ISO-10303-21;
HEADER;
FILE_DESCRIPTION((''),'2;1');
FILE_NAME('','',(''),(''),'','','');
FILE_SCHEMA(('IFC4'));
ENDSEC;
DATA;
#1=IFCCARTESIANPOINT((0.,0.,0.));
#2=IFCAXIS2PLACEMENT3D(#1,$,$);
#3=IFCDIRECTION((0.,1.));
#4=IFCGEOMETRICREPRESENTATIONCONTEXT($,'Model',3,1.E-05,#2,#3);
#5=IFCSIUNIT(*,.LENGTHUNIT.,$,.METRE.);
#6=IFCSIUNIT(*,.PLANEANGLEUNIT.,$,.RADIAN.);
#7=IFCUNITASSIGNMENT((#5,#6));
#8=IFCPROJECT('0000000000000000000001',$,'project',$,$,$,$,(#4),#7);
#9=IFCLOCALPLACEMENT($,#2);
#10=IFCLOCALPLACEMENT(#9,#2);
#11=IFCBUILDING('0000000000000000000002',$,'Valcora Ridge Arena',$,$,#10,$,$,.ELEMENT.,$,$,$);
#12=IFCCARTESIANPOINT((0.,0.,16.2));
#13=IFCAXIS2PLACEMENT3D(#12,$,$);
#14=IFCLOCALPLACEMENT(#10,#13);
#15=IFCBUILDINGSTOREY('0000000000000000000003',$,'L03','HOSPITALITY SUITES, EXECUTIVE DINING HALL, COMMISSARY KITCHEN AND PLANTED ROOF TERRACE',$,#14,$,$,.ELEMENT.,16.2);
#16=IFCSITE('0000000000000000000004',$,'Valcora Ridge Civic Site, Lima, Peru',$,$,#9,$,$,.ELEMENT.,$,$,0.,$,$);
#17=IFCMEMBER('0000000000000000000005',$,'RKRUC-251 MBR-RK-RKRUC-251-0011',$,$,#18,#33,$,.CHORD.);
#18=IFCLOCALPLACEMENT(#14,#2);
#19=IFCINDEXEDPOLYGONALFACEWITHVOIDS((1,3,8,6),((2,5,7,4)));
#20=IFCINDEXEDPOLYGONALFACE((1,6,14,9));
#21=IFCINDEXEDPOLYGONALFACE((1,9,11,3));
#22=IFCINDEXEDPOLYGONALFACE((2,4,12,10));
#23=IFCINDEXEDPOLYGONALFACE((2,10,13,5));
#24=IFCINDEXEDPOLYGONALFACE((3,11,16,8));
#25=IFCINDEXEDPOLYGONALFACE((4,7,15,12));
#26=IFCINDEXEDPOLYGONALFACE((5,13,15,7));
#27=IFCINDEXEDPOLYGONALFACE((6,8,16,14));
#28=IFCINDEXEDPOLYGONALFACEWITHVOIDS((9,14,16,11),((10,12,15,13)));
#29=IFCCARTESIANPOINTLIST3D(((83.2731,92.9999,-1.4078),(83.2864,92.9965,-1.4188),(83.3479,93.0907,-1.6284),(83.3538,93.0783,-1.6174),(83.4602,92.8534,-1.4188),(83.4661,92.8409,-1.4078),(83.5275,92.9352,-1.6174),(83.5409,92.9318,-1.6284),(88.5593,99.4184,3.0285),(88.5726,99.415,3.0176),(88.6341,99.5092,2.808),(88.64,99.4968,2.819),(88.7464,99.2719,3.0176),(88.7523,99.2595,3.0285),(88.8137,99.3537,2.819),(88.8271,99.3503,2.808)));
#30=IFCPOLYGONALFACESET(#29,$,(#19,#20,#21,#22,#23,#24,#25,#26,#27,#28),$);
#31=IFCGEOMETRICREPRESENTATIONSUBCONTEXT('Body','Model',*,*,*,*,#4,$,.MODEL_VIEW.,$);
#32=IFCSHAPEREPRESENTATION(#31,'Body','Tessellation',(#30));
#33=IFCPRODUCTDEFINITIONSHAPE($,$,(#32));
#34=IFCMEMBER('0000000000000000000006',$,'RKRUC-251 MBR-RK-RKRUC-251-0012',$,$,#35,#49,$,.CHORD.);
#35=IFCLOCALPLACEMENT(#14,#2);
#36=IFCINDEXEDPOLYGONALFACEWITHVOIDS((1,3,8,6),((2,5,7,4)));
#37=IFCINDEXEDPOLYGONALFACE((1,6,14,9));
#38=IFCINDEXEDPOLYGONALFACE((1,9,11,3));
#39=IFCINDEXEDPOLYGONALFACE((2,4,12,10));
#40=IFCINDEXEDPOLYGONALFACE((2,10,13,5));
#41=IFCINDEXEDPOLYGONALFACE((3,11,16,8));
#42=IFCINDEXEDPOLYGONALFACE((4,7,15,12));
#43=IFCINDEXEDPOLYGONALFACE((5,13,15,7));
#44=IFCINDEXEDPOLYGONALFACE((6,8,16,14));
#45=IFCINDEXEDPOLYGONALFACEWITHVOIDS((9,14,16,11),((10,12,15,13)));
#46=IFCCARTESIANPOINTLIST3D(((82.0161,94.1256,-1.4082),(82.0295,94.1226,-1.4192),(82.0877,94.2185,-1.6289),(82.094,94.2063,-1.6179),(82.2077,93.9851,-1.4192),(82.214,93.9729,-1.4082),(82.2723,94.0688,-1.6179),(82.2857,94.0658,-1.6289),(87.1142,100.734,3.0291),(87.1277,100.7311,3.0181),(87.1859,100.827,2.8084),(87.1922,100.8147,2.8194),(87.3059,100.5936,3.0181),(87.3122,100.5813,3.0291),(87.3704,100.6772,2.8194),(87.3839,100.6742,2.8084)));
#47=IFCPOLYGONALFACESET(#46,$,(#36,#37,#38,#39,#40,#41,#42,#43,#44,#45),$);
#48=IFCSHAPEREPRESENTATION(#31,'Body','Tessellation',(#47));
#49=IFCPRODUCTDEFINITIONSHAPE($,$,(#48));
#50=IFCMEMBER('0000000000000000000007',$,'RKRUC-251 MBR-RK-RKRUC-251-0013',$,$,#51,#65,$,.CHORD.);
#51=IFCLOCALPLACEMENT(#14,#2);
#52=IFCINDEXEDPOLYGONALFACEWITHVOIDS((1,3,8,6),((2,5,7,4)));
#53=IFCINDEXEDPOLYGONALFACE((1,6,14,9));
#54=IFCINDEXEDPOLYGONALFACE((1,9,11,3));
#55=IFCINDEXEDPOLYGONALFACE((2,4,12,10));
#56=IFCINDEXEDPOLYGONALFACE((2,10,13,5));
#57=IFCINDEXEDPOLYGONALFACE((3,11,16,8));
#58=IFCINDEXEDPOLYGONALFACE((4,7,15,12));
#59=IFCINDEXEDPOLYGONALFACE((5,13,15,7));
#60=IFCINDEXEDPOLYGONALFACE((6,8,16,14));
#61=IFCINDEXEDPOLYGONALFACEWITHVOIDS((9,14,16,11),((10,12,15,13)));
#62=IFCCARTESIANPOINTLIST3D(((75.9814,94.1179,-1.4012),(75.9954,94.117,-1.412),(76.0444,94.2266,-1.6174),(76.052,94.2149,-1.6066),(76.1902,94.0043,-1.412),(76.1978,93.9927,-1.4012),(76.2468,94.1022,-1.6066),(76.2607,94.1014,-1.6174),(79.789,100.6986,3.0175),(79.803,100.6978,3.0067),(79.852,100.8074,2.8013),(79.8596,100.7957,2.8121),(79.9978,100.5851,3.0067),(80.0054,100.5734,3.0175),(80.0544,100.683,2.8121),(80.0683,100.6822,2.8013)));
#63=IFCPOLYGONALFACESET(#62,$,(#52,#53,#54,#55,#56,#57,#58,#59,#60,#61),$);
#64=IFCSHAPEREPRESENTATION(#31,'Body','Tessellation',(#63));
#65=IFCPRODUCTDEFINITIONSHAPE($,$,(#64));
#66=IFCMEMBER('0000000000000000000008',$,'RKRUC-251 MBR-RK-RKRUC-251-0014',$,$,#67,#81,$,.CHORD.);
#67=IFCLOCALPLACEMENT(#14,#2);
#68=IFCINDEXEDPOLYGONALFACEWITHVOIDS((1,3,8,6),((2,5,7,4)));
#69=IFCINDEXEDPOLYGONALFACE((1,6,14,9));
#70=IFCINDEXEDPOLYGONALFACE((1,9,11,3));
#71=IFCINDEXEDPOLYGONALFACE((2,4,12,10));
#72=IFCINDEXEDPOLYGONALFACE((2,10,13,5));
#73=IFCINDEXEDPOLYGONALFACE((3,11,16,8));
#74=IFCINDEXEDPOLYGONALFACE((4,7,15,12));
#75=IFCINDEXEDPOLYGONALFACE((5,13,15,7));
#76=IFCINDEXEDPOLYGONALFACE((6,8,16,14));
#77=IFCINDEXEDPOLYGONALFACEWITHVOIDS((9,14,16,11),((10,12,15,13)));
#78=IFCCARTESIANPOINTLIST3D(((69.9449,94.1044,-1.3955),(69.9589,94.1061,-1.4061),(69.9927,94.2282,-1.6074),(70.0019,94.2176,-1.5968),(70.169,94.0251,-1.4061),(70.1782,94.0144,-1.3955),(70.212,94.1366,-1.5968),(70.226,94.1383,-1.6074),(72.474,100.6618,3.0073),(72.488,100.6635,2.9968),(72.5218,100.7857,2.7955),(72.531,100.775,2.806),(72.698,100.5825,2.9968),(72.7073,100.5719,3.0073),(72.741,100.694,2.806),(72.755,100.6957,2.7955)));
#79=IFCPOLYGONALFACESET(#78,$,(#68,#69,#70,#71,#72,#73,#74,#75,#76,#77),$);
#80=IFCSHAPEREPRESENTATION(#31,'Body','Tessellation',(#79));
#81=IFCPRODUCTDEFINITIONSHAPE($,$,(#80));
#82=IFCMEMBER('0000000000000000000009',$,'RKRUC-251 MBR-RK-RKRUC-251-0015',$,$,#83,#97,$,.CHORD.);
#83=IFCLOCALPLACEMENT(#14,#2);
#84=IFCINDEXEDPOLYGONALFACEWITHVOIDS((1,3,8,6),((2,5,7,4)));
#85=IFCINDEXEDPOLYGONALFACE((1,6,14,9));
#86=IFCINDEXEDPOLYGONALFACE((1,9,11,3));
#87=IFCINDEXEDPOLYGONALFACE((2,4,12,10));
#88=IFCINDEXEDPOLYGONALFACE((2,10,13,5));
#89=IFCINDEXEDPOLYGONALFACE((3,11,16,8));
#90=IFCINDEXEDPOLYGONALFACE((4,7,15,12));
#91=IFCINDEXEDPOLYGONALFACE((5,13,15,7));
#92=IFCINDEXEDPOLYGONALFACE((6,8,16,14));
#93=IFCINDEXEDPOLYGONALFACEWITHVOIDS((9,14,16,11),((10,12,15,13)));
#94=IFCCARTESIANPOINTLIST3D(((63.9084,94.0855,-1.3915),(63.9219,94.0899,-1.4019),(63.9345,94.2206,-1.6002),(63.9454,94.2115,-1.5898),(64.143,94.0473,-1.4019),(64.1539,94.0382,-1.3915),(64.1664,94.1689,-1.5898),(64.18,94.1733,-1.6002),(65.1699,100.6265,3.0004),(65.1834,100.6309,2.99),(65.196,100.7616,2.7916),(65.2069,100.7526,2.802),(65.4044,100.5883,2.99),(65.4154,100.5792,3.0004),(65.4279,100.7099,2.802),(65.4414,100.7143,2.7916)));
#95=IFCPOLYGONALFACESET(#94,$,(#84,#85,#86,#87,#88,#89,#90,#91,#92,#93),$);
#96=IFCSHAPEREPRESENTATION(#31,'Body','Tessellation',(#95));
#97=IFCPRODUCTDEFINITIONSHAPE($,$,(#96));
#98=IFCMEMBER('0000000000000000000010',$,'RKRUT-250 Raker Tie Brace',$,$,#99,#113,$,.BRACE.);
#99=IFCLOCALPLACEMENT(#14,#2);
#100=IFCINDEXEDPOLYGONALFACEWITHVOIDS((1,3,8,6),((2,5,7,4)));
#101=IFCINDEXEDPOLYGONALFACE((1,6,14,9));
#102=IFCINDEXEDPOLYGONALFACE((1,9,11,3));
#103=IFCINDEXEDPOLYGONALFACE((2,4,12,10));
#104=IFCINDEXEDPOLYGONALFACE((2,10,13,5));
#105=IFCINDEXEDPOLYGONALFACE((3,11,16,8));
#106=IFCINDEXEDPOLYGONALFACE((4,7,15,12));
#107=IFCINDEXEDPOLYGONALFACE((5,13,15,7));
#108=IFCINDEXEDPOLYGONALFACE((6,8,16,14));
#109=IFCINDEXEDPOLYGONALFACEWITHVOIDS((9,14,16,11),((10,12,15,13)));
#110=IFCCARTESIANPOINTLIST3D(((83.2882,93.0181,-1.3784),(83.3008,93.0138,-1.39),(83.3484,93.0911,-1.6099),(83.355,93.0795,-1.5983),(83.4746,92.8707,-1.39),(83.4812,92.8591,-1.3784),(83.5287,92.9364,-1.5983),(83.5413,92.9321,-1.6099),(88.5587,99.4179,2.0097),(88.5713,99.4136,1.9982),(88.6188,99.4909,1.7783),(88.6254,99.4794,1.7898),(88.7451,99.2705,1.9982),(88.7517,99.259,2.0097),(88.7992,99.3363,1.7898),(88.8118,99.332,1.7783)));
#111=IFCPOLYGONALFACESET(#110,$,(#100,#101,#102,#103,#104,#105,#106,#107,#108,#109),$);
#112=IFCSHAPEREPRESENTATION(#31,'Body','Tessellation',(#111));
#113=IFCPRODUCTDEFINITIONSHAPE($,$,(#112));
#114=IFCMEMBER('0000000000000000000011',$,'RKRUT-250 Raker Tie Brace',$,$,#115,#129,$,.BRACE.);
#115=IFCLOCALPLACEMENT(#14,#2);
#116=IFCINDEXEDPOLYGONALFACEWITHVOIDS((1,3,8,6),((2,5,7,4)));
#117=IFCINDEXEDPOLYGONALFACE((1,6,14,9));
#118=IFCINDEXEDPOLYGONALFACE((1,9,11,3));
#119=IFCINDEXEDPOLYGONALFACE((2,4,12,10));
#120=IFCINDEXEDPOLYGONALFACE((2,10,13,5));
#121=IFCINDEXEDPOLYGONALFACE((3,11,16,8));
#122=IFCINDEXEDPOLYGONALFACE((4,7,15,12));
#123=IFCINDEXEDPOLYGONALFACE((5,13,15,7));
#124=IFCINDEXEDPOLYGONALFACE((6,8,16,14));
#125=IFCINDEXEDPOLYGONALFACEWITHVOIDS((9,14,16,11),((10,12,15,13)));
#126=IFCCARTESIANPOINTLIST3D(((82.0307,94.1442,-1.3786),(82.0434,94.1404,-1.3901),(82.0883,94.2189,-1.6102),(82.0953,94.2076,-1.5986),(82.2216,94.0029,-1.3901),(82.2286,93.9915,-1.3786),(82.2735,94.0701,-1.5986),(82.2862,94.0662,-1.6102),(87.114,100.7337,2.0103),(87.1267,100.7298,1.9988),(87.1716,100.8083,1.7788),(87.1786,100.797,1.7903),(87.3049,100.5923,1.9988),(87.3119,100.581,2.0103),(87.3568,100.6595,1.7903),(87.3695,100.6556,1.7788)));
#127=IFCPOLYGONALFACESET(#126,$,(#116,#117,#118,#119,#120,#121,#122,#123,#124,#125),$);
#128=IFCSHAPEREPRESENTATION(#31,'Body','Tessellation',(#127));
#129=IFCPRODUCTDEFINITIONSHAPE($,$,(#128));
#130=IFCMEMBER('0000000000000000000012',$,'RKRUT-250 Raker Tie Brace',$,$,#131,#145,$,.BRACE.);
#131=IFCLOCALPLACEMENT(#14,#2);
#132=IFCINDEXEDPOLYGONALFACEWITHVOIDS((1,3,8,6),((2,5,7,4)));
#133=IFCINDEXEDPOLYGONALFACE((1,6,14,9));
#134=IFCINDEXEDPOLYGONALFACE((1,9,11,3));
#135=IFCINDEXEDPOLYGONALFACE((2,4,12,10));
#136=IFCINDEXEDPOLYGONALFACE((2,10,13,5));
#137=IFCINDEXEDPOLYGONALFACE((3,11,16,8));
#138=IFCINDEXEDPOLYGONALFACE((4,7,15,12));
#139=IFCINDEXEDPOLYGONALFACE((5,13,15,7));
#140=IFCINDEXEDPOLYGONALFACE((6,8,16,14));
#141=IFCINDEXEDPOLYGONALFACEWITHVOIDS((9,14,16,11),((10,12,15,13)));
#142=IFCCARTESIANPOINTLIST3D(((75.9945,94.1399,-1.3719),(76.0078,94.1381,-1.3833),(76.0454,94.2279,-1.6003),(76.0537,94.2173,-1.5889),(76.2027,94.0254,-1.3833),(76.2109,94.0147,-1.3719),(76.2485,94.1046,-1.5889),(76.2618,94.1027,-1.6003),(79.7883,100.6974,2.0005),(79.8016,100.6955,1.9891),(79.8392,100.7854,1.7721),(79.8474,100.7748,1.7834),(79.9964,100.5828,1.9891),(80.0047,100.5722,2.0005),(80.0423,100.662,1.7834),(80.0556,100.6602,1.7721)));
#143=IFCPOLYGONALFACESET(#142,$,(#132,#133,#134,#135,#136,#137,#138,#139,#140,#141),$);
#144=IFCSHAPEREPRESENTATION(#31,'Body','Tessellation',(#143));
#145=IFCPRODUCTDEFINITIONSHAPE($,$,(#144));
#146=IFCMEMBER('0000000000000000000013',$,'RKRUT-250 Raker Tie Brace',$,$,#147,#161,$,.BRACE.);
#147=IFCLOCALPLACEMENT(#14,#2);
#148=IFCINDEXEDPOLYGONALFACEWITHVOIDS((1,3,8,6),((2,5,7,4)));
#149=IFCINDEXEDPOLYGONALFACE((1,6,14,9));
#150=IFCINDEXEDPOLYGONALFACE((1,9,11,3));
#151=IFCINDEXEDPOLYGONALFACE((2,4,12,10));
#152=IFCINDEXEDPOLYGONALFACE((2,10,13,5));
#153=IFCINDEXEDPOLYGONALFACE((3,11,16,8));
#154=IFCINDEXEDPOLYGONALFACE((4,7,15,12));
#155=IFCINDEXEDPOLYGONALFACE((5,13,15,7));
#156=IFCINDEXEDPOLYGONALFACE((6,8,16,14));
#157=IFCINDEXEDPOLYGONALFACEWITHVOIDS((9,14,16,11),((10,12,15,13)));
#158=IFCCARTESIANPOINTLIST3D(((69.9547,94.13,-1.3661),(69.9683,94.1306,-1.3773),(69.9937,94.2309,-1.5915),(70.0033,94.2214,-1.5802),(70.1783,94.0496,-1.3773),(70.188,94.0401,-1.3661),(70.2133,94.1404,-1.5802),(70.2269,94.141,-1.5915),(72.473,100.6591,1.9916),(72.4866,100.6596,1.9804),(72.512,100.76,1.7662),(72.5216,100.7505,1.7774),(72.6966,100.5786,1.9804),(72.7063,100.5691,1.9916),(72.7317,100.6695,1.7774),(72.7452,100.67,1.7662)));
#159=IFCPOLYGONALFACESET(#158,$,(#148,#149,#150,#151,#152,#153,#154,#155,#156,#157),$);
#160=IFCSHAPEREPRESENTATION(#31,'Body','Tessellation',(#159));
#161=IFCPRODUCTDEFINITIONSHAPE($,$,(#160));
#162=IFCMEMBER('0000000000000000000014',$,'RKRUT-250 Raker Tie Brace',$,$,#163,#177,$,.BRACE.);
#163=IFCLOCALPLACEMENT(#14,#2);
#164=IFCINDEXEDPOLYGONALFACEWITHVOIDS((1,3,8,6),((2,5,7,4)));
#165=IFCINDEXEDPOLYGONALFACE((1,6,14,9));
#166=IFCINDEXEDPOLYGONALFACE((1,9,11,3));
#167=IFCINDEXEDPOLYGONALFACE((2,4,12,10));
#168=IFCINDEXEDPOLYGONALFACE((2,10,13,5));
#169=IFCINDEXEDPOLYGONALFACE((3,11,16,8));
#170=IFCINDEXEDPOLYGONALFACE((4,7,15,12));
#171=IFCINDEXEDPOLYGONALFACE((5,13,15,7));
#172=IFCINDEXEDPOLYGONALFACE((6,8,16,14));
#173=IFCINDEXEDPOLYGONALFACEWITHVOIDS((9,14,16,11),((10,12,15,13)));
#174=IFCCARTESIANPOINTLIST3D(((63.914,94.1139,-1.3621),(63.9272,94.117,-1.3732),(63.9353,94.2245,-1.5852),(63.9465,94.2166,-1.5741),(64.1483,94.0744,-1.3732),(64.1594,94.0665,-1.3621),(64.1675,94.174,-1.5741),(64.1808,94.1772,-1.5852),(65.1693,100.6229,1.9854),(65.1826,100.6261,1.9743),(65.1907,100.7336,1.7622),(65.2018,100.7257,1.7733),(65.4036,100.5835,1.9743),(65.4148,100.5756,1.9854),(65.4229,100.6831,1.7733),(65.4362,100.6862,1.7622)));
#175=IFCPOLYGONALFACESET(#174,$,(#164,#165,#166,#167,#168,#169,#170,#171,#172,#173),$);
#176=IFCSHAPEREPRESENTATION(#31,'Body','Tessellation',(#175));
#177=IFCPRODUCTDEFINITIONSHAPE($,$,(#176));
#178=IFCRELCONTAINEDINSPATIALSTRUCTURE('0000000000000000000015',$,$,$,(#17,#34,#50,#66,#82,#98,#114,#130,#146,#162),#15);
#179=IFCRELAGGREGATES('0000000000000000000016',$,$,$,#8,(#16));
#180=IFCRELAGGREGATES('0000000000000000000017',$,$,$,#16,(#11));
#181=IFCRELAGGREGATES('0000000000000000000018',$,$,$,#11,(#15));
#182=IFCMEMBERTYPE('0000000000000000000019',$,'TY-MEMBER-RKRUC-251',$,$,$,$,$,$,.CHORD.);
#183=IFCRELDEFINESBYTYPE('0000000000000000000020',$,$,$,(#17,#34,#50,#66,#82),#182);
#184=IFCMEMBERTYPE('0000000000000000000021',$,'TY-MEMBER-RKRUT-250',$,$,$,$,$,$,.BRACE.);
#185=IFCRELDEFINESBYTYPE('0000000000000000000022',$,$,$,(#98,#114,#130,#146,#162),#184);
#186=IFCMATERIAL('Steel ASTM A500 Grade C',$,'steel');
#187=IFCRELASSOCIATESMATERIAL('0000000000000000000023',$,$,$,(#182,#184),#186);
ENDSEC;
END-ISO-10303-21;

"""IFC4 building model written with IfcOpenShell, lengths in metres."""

from ifc_helpers import new_model, si_unit, direction, frame, origin, origin_2d, place, context, subcontext, project, spatial, hollow_rectangle, extrude, material, material_profile, profile_set, type_object, element, save


model = new_model("IFC4")

# Units and contexts
model_context = context("Model", 3, precision=1e-05, world=origin(), true_north=direction((0.0, 1.0)))
body_context = subcontext(model_context, "Body", "Model", "MODEL_VIEW")
ifc_project = project(units=[si_unit("LENGTHUNIT", "METRE"), si_unit("PLANEANGLEUNIT", "RADIAN")], contexts=[model_context])

# Site, building, storey
site_placement = place(None, origin())
site = spatial("IfcSite", under=ifc_project, at=site_placement, Name="Valcora Ridge Civic Site, Lima, Peru", CompositionType="ELEMENT", RefElevation=0.0)
building_placement = place(site_placement, origin())
building = spatial("IfcBuilding", under=site, at=building_placement, Name="Valcora Ridge Arena", CompositionType="ELEMENT")
storey_placement = place(building_placement, frame((0.0, 0.0, 16.2)))
storey = spatial("IfcBuildingStorey", under=building, at=storey_placement, Name="L03", Description="HOSPITALITY SUITES, EXECUTIVE DINING HALL, COMMISSARY KITCHEN AND PLANTED ROOF TERRACE", CompositionType="ELEMENT", Elevation=16.2)

# Members
ifc_material_1 = material(Name="Steel ASTM A500 Grade C", Category="steel")
ifc_material_profile_1 = material_profile(ifc_material_1, hollow_rectangle(XDim=0.25, YDim=0.25, WallThickness=0.0125, at=origin_2d()), Name="HSS250X250X12")
ifc_profile_set_1 = profile_set([ifc_material_profile_1], Name="Steel ASTM A500 Grade C")
member_type_1 = type_object("IfcMemberType", Name="TY-MEMBER-RKRUC-251", PredefinedType="CHORD", material=ifc_profile_set_1)
member_1_placement = place(storey_placement, frame((83.407, 92.9658, -1.5181), z_axis=(0.560895, 0.681043, 0.47072), x_axis=(-0.77191, 0.635732, 0.0)))
element("IfcMember", 1, at=member_1_placement, inside=storey, type_object=member_type_1, Name="RKRUC-251 MBR-RK-RKRUC-251-0011", PredefinedType="CHORD", context=body_context, shape_type="SweptSolid", body=[
    extrude(hollow_rectangle(XDim=0.25, YDim=0.25, WallThickness=0.0125, at=origin_2d()), origin(), (0.0, 0.0, 1.0), 9.4246),
])
member_2_placement = place(storey_placement, frame((82.1509, 94.0957, -1.5186), z_axis=(0.539339, 0.699111, 0.469423), x_axis=(-0.791769, 0.610821, 0.0)))
element("IfcMember", 2, at=member_2_placement, inside=storey, type_object=member_type_1, Name="RKRUC-251 MBR-RK-RKRUC-251-0012", PredefinedType="CHORD", context=body_context, shape_type="SweptSolid", body=[
    extrude(hollow_rectangle(XDim=0.25, YDim=0.25, WallThickness=0.0125, at=origin_2d()), origin(), (0.0, 0.0, 1.0), 9.4526),
])
member_3_placement = place(storey_placement, frame((76.1211, 94.1096, -1.5093), z_axis=(0.432992, 0.748351, 0.502482), x_axis=(-0.865559, 0.500807, 0.0)))
element("IfcMember", 3, at=member_3_placement, inside=storey, type_object=member_type_1, Name="RKRUC-251 MBR-RK-RKRUC-251-0013", PredefinedType="CHORD", context=body_context, shape_type="SweptSolid", body=[
    extrude(hollow_rectangle(XDim=0.25, YDim=0.25, WallThickness=0.0125, at=origin_2d()), origin(), (0.0, 0.0, 1.0), 8.7937),
])
member_4_placement = place(storey_placement, frame((70.0854, 94.1213, -1.5015), z_axis=(0.304948, 0.790675, 0.530885), x_axis=(-0.933012, 0.359845, 0.0)))
element("IfcMember", 4, at=member_4_placement, inside=storey, type_object=member_type_1, Name="RKRUC-251 MBR-RK-RKRUC-251-0014", PredefinedType="CHORD", context=body_context, shape_type="SweptSolid", body=[
    extrude(hollow_rectangle(XDim=0.25, YDim=0.25, WallThickness=0.0125, at=origin_2d()), origin(), (0.0, 0.0, 1.0), 8.2935),
])
member_5_placement = place(storey_placement, frame((64.0442, 94.1294, -1.4958), z_axis=(0.158099, 0.819778, 0.550425), x_axis=(-0.981906, 0.189367, 0.0)))
element("IfcMember", 5, at=member_5_placement, inside=storey, type_object=member_type_1, Name="RKRUC-251 MBR-RK-RKRUC-251-0015", PredefinedType="CHORD", context=body_context, shape_type="SweptSolid", body=[
    extrude(hollow_rectangle(XDim=0.25, YDim=0.25, WallThickness=0.0125, at=origin_2d()), origin(), (0.0, 0.0, 1.0), 7.979),
])
ifc_material_profile_2 = material_profile(ifc_material_1, hollow_rectangle(XDim=0.25, YDim=0.25, WallThickness=0.0125, at=origin_2d()), Name="HSS250X250X12")
ifc_profile_set_2 = profile_set([ifc_material_profile_2], Name="Steel ASTM A500 Grade C")
member_type_2 = type_object("IfcMemberType", Name="TY-MEMBER-RKRUT-250", PredefinedType="BRACE", material=ifc_profile_set_2)
member_6_placement = place(storey_placement, frame((83.4148, 92.9751, -1.4941), z_axis=(0.588464, 0.714563, 0.378298), x_axis=(-0.77193, 0.635707, 0.0)))
element("IfcMember", 6, at=member_6_placement, inside=storey, type_object=member_type_2, Name="RKRUT-250 Raker Tie Brace", PredefinedType="BRACE", context=body_context, shape_type="SweptSolid", body=[
    extrude(hollow_rectangle(XDim=0.25, YDim=0.25, WallThickness=0.0125, at=origin_2d()), origin(), (0.0, 0.0, 1.0), 8.9563),
])
member_7_placement = place(storey_placement, frame((82.1584, 94.1052, -1.4944), z_axis=(0.565701, 0.733311, 0.377143), x_axis=(-0.79178, 0.610806, 0.0)))
element("IfcMember", 7, at=member_7_placement, inside=storey, type_object=member_type_2, Name="RKRUT-250 Raker Tie Brace", PredefinedType="BRACE", context=body_context, shape_type="SweptSolid", body=[
    extrude(hollow_rectangle(XDim=0.25, YDim=0.25, WallThickness=0.0125, at=origin_2d()), origin(), (0.0, 0.0, 1.0), 8.9858),
])
member_8_placement = place(storey_placement, frame((76.1282, 94.1213, -1.4861), z_axis=(0.457492, 0.79077, 0.406676), x_axis=(-0.865579, 0.500772, 0.0)))
element("IfcMember", 8, at=member_8_placement, inside=storey, type_object=member_type_2, Name="RKRUT-250 Raker Tie Brace", PredefinedType="BRACE", context=body_context, shape_type="SweptSolid", body=[
    extrude(hollow_rectangle(XDim=0.25, YDim=0.25, WallThickness=0.0125, at=origin_2d()), origin(), (0.0, 0.0, 1.0), 8.2925),
])
member_9_placement = place(storey_placement, frame((70.0908, 94.1355, -1.4788), z_axis=(0.324453, 0.841186, 0.432593), x_axis=(-0.933003, 0.359867, 0.0)))
element("IfcMember", 9, at=member_9_placement, inside=storey, type_object=member_type_2, Name="RKRUT-250 Raker Tie Brace", PredefinedType="BRACE", context=body_context, shape_type="SweptSolid", body=[
    extrude(hollow_rectangle(XDim=0.25, YDim=0.25, WallThickness=0.0125, at=origin_2d()), origin(), (0.0, 0.0, 1.0), 7.7617),
])
member_10_placement = place(storey_placement, frame((64.0474, 94.1455, -1.4736), z_axis=(0.169046, 0.876494, 0.450756), x_axis=(-0.981905, 0.189376, 0.0)))
element("IfcMember", 10, at=member_10_placement, inside=storey, type_object=member_type_2, Name="RKRUT-250 Raker Tie Brace", PredefinedType="BRACE", context=body_context, shape_type="SweptSolid", body=[
    extrude(hollow_rectangle(XDim=0.25, YDim=0.25, WallThickness=0.0125, at=origin_2d()), origin(), (0.0, 0.0, 1.0), 7.4263),
])

save(model, "model.ifc")
